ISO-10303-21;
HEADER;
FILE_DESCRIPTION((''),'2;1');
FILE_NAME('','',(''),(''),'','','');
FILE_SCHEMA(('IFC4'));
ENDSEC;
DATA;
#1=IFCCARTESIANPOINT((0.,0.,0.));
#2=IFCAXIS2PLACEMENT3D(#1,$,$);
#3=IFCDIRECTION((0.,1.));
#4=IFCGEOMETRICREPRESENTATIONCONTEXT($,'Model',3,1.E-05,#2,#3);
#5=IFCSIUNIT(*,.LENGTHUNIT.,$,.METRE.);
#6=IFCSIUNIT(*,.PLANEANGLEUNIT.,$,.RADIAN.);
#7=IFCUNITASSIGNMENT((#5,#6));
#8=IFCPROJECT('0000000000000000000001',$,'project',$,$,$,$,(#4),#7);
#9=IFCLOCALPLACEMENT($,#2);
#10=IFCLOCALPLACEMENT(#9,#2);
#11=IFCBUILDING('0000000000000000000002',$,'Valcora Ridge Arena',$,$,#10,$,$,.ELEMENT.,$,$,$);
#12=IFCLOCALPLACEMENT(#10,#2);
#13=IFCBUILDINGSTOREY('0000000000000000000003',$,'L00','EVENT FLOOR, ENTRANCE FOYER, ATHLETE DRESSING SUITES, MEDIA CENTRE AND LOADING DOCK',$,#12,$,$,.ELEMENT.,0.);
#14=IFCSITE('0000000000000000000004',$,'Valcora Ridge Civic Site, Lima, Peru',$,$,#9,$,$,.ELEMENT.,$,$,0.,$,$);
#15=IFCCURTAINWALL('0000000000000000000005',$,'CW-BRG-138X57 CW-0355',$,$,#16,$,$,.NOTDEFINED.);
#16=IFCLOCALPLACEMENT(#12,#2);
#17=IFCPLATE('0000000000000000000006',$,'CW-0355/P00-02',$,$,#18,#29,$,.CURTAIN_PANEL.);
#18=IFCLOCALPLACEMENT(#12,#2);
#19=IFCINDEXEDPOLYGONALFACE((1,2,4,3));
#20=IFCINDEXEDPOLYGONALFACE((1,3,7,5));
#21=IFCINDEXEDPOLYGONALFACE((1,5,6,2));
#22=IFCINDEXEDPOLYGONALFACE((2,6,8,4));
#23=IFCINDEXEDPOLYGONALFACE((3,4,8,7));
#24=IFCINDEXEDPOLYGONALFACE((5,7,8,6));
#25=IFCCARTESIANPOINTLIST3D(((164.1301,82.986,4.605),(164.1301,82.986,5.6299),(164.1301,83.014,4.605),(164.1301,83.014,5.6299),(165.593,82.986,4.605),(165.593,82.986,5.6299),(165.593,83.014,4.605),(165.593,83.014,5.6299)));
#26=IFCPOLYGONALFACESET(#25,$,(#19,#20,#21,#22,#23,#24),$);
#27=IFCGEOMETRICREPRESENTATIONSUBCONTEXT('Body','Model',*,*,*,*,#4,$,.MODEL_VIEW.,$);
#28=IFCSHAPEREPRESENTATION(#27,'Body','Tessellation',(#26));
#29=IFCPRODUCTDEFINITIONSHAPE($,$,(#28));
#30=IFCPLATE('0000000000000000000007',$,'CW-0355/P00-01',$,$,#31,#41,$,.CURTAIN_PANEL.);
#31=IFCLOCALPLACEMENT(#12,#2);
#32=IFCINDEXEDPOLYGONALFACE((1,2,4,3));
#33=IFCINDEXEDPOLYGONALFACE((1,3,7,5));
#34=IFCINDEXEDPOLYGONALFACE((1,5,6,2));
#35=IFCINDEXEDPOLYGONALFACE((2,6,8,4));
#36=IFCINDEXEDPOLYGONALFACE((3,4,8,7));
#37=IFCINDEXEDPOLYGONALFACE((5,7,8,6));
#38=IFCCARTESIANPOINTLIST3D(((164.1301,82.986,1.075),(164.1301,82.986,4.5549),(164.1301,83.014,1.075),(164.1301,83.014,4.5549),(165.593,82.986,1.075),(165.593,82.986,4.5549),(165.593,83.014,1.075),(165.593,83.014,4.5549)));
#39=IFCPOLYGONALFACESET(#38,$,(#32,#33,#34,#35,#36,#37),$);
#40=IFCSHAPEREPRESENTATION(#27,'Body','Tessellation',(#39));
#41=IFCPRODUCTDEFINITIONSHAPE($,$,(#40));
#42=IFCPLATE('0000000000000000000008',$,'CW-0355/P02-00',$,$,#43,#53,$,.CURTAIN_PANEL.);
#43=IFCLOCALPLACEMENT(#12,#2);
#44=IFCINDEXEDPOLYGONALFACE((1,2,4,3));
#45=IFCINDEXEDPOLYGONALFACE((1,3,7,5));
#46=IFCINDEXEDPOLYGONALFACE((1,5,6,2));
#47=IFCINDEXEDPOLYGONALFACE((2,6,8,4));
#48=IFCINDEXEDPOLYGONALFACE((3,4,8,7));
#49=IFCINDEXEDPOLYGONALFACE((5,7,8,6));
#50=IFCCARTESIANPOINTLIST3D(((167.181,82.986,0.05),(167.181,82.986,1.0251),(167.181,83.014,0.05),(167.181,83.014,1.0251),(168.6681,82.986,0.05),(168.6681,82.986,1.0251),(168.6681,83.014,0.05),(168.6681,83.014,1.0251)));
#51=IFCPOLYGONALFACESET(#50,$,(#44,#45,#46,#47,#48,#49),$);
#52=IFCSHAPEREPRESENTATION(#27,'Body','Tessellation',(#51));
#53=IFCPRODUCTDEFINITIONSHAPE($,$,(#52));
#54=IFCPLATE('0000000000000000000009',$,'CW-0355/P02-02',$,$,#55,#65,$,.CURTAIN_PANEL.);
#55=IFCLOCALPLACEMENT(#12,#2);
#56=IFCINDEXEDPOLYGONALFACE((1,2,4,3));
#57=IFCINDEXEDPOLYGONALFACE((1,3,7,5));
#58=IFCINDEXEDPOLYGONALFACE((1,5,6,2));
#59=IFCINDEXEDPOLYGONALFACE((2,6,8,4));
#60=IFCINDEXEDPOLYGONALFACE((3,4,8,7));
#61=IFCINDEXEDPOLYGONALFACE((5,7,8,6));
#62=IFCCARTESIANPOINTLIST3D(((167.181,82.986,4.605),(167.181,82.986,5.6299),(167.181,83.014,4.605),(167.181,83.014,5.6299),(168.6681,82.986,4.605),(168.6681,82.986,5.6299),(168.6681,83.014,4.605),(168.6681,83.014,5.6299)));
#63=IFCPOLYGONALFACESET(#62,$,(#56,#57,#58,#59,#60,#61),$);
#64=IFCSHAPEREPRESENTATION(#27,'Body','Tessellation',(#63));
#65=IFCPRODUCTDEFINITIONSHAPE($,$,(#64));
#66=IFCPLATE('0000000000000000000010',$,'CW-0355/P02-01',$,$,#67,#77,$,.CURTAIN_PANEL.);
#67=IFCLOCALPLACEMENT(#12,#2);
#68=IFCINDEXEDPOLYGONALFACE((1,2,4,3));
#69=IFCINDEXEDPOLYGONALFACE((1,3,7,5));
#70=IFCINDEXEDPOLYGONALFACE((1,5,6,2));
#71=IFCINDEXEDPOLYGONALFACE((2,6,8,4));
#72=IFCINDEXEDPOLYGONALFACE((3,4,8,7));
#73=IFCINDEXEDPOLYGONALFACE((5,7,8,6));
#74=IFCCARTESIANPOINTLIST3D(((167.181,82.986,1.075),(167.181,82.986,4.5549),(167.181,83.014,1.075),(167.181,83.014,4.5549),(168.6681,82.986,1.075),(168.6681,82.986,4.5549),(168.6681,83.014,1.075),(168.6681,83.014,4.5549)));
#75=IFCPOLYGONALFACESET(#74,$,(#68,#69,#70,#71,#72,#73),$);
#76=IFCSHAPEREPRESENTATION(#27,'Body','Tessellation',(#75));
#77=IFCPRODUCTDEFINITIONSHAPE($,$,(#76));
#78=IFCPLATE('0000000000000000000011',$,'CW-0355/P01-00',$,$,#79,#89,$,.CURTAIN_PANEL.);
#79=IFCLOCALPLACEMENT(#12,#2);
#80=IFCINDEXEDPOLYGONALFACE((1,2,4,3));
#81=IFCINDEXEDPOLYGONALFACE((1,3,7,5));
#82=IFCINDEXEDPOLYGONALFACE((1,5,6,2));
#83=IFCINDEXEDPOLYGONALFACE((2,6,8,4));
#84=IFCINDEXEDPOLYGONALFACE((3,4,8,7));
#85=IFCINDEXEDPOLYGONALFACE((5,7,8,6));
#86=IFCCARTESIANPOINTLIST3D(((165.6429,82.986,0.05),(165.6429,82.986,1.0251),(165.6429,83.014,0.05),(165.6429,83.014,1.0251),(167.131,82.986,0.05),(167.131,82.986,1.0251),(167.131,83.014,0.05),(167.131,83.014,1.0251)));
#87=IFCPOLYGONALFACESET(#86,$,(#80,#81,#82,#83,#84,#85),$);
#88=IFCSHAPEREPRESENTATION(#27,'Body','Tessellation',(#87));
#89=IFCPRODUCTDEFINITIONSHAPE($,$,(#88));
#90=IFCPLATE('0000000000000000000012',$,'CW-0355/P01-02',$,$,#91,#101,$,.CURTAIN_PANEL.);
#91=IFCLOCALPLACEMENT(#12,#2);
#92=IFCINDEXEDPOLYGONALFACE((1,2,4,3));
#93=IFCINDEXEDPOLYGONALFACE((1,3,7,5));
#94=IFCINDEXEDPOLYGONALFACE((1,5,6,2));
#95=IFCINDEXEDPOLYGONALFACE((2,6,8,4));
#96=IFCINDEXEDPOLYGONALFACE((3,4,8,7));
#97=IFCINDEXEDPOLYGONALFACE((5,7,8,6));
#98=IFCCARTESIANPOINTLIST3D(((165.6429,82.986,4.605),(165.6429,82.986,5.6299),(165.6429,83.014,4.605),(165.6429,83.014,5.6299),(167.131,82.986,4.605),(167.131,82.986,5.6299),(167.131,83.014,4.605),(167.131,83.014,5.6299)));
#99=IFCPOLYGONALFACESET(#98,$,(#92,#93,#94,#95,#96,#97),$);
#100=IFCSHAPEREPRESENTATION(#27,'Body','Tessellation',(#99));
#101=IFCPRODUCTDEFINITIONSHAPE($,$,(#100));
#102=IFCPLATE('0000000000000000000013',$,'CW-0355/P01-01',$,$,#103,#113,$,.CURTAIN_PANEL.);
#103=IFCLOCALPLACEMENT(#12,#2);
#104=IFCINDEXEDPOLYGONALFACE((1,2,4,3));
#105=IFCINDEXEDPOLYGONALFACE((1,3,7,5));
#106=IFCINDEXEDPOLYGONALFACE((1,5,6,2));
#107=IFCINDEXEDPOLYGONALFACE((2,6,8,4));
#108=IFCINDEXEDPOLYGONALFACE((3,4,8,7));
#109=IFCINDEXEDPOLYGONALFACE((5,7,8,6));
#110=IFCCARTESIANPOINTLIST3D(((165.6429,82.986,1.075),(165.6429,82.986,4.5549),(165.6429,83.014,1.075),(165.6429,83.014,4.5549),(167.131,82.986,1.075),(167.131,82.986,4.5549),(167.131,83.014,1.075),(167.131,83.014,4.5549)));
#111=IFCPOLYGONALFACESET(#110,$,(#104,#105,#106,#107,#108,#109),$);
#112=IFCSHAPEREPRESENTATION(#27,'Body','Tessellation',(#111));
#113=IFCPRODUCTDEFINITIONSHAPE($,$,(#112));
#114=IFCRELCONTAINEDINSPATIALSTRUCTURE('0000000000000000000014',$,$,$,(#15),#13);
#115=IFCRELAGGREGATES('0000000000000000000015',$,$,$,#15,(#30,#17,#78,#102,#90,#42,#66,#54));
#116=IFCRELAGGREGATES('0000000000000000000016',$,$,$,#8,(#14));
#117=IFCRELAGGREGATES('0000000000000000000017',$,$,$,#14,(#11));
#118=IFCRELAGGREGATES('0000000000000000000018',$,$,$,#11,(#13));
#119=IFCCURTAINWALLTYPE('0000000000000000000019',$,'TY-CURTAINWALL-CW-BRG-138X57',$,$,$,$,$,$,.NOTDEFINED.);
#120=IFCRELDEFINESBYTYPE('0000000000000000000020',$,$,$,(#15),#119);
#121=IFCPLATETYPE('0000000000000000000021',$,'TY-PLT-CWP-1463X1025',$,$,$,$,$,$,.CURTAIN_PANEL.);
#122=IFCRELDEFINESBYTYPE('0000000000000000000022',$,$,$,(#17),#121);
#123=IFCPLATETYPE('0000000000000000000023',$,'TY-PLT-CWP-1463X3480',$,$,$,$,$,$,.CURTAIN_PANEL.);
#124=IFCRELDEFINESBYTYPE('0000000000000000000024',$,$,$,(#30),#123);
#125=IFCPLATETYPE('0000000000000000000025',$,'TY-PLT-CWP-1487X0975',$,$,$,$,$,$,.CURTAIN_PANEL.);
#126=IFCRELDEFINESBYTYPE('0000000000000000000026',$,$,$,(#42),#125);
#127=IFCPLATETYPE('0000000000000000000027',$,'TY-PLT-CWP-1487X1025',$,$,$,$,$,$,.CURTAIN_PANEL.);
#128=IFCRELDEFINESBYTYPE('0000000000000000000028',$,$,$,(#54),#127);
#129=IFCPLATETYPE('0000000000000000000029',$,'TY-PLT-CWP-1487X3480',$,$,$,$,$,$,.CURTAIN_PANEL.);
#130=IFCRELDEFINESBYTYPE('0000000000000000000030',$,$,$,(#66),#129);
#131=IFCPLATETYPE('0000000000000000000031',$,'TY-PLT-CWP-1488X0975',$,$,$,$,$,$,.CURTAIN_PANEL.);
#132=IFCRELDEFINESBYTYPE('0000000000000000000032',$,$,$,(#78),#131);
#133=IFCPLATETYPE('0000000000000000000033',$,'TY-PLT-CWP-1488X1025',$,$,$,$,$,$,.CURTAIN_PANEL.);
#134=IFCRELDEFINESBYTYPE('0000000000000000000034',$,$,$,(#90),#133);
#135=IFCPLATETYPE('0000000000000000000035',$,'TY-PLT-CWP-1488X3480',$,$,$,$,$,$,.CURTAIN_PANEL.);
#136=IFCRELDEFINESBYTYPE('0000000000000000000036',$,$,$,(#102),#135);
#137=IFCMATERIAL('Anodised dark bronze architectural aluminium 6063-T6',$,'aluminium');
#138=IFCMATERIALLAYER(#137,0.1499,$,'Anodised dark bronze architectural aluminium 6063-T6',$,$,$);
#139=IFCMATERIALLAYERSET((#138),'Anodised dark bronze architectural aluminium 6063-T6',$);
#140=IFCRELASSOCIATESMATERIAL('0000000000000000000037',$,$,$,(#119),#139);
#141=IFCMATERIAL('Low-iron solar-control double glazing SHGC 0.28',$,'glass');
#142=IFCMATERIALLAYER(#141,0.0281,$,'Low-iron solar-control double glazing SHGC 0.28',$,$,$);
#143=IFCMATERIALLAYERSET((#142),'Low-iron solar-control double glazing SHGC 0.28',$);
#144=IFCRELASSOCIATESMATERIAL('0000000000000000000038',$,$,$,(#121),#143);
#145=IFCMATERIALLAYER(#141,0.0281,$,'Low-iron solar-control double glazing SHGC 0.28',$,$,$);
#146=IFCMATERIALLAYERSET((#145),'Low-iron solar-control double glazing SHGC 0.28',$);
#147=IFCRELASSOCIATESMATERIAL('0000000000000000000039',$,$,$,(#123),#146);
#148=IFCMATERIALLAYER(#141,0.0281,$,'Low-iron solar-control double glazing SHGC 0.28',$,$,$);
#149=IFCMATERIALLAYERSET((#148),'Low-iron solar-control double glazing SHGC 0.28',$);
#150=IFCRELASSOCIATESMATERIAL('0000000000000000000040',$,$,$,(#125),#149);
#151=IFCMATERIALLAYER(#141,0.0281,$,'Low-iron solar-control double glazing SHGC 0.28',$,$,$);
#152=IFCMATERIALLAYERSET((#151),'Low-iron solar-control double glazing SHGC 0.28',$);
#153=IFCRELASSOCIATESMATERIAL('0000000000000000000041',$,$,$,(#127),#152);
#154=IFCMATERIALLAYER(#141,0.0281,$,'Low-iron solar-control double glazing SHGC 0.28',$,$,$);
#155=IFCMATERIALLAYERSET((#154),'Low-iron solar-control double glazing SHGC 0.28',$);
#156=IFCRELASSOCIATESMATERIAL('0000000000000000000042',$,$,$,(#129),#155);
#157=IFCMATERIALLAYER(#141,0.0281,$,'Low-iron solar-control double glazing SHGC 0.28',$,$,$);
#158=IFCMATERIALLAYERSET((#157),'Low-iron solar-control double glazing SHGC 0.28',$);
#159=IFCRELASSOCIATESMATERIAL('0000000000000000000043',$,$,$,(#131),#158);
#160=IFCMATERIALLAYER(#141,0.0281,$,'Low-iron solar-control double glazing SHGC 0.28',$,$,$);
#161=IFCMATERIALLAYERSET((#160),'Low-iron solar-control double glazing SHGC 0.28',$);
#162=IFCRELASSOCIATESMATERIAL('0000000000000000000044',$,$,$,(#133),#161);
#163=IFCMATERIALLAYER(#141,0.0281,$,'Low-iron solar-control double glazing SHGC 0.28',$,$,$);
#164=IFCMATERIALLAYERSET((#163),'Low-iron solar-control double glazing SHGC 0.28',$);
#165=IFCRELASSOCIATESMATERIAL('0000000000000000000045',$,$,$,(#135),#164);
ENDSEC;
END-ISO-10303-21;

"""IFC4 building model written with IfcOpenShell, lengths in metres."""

from ifc_helpers import new_model, si_unit, direction, frame, origin, origin_2d, place, context, subcontext, project, spatial, rectangle, extrude, material, layer, layer_set, type_object, element, aggregate, save


model = new_model("IFC4")

# Units and contexts
model_context = context("Model", 3, precision=1e-05, world=origin(), true_north=direction((0.0, 1.0)))
body_context = subcontext(model_context, "Body", "Model", "MODEL_VIEW")
ifc_project = project(units=[si_unit("LENGTHUNIT", "METRE"), si_unit("PLANEANGLEUNIT", "RADIAN")], contexts=[model_context])

# Site, building, storey
site_placement = place(None, origin())
site = spatial("IfcSite", under=ifc_project, at=site_placement, Name="Valcora Ridge Civic Site, Lima, Peru", CompositionType="ELEMENT", RefElevation=0.0)
building_placement = place(site_placement, origin())
building = spatial("IfcBuilding", under=site, at=building_placement, Name="Valcora Ridge Arena", CompositionType="ELEMENT")
storey_placement = place(building_placement, origin())
storey = spatial("IfcBuildingStorey", under=building, at=storey_placement, Name="L00", Description="EVENT FLOOR, ENTRANCE FOYER, ATHLETE DRESSING SUITES, MEDIA CENTRE AND LOADING DOCK", CompositionType="ELEMENT", Elevation=0.0)

# Curtain wall, plates
ifc_material_1 = material(Name="Anodised dark bronze architectural aluminium 6063-T6", Category="aluminium")
ifc_layer_1 = layer(ifc_material_1, 0.1499, Name="Anodised dark bronze architectural aluminium 6063-T6")
ifc_layer_set_1 = layer_set([ifc_layer_1], Name="Anodised dark bronze architectural aluminium 6063-T6")
curtain_wall_type = type_object("IfcCurtainWallType", Name="TY-CURTAINWALL-CW-BRG-138X57", PredefinedType="NOTDEFINED", material=ifc_layer_set_1)
curtain_wall_placement = place(storey_placement, origin())
curtain_wall = element("IfcCurtainWall", 1, at=curtain_wall_placement, inside=storey, type_object=curtain_wall_type, Name="CW-BRG-138X57 CW-0355", PredefinedType="NOTDEFINED")
ifc_material_2 = material(Name="Low-iron solar-control double glazing SHGC 0.28", Category="glass")
ifc_layer_2 = layer(ifc_material_2, 0.0281, Name="Low-iron solar-control double glazing SHGC 0.28")
ifc_layer_set_2 = layer_set([ifc_layer_2], Name="Low-iron solar-control double glazing SHGC 0.28")
plate_type_1 = type_object("IfcPlateType", Name="TY-PLT-CWP-1463X1025", PredefinedType="CURTAIN_PANEL", material=ifc_layer_set_2)
plate_1_placement = place(storey_placement, frame((164.8616, 83.0, 4.605), z_axis=(0.0, 0.0, 1.0), x_axis=(1.0, 0.0, 0.0)))
plate_1 = element("IfcPlate", 2, at=plate_1_placement, type_object=plate_type_1, Name="CW-0355/P00-02", PredefinedType="CURTAIN_PANEL", context=body_context, shape_type="SweptSolid", body=[
    extrude(rectangle(XDim=1.4629, YDim=0.0281, at=origin_2d()), origin(), (0.0, 0.0, 1.0), 1.0249),
])
ifc_layer_3 = layer(ifc_material_2, 0.0281, Name="Low-iron solar-control double glazing SHGC 0.28")
ifc_layer_set_3 = layer_set([ifc_layer_3], Name="Low-iron solar-control double glazing SHGC 0.28")
plate_type_2 = type_object("IfcPlateType", Name="TY-PLT-CWP-1463X3480", PredefinedType="CURTAIN_PANEL", material=ifc_layer_set_3)
plate_2_placement = place(storey_placement, frame((164.8616, 83.0, 1.075), z_axis=(0.0, 0.0, 1.0), x_axis=(1.0, 0.0, 0.0)))
plate_2 = element("IfcPlate", 3, at=plate_2_placement, type_object=plate_type_2, Name="CW-0355/P00-01", PredefinedType="CURTAIN_PANEL", context=body_context, shape_type="SweptSolid", body=[
    extrude(rectangle(XDim=1.4629, YDim=0.0281, at=origin_2d()), origin(), (0.0, 0.0, 1.0), 3.48),
])
ifc_layer_4 = layer(ifc_material_2, 0.0281, Name="Low-iron solar-control double glazing SHGC 0.28")
ifc_layer_set_4 = layer_set([ifc_layer_4], Name="Low-iron solar-control double glazing SHGC 0.28")
plate_type_3 = type_object("IfcPlateType", Name="TY-PLT-CWP-1487X0975", PredefinedType="CURTAIN_PANEL", material=ifc_layer_set_4)
plate_3_placement = place(storey_placement, frame((167.9246, 83.0, 0.05), z_axis=(0.0, 0.0, 1.0), x_axis=(1.0, 0.0, 0.0)))
plate_3 = element("IfcPlate", 4, at=plate_3_placement, type_object=plate_type_3, Name="CW-0355/P02-00", PredefinedType="CURTAIN_PANEL", context=body_context, shape_type="SweptSolid", body=[
    extrude(rectangle(XDim=1.4871, YDim=0.0281, at=origin_2d()), origin(), (0.0, 0.0, 1.0), 0.9751),
])
ifc_layer_5 = layer(ifc_material_2, 0.0281, Name="Low-iron solar-control double glazing SHGC 0.28")
ifc_layer_set_5 = layer_set([ifc_layer_5], Name="Low-iron solar-control double glazing SHGC 0.28")
plate_type_4 = type_object("IfcPlateType", Name="TY-PLT-CWP-1487X1025", PredefinedType="CURTAIN_PANEL", material=ifc_layer_set_5)
plate_4_placement = place(storey_placement, frame((167.9246, 83.0, 4.605), z_axis=(0.0, 0.0, 1.0), x_axis=(1.0, 0.0, 0.0)))
plate_4 = element("IfcPlate", 5, at=plate_4_placement, type_object=plate_type_4, Name="CW-0355/P02-02", PredefinedType="CURTAIN_PANEL", context=body_context, shape_type="SweptSolid", body=[
    extrude(rectangle(XDim=1.4871, YDim=0.0281, at=origin_2d()), origin(), (0.0, 0.0, 1.0), 1.0249),
])
ifc_layer_6 = layer(ifc_material_2, 0.0281, Name="Low-iron solar-control double glazing SHGC 0.28")
ifc_layer_set_6 = layer_set([ifc_layer_6], Name="Low-iron solar-control double glazing SHGC 0.28")
plate_type_5 = type_object("IfcPlateType", Name="TY-PLT-CWP-1487X3480", PredefinedType="CURTAIN_PANEL", material=ifc_layer_set_6)
plate_5_placement = place(storey_placement, frame((167.9246, 83.0, 1.075), z_axis=(0.0, 0.0, 1.0), x_axis=(1.0, 0.0, 0.0)))
plate_5 = element("IfcPlate", 6, at=plate_5_placement, type_object=plate_type_5, Name="CW-0355/P02-01", PredefinedType="CURTAIN_PANEL", context=body_context, shape_type="SweptSolid", body=[
    extrude(rectangle(XDim=1.4871, YDim=0.0281, at=origin_2d()), origin(), (0.0, 0.0, 1.0), 3.48),
])
ifc_layer_7 = layer(ifc_material_2, 0.0281, Name="Low-iron solar-control double glazing SHGC 0.28")
ifc_layer_set_7 = layer_set([ifc_layer_7], Name="Low-iron solar-control double glazing SHGC 0.28")
plate_type_6 = type_object("IfcPlateType", Name="TY-PLT-CWP-1488X0975", PredefinedType="CURTAIN_PANEL", material=ifc_layer_set_7)
plate_6_placement = place(storey_placement, frame((166.387, 83.0, 0.05), z_axis=(0.0, 0.0, 1.0), x_axis=(1.0, 0.0, 0.0)))
plate_6 = element("IfcPlate", 7, at=plate_6_placement, type_object=plate_type_6, Name="CW-0355/P01-00", PredefinedType="CURTAIN_PANEL", context=body_context, shape_type="SweptSolid", body=[
    extrude(rectangle(XDim=1.488, YDim=0.0281, at=origin_2d()), origin(), (0.0, 0.0, 1.0), 0.9751),
])
ifc_layer_8 = layer(ifc_material_2, 0.0281, Name="Low-iron solar-control double glazing SHGC 0.28")
ifc_layer_set_8 = layer_set([ifc_layer_8], Name="Low-iron solar-control double glazing SHGC 0.28")
plate_type_7 = type_object("IfcPlateType", Name="TY-PLT-CWP-1488X1025", PredefinedType="CURTAIN_PANEL", material=ifc_layer_set_8)
plate_7_placement = place(storey_placement, frame((166.387, 83.0, 4.605), z_axis=(0.0, 0.0, 1.0), x_axis=(1.0, 0.0, 0.0)))
plate_7 = element("IfcPlate", 8, at=plate_7_placement, type_object=plate_type_7, Name="CW-0355/P01-02", PredefinedType="CURTAIN_PANEL", context=body_context, shape_type="SweptSolid", body=[
    extrude(rectangle(XDim=1.488, YDim=0.0281, at=origin_2d()), origin(), (0.0, 0.0, 1.0), 1.0249),
])
ifc_layer_9 = layer(ifc_material_2, 0.0281, Name="Low-iron solar-control double glazing SHGC 0.28")
ifc_layer_set_9 = layer_set([ifc_layer_9], Name="Low-iron solar-control double glazing SHGC 0.28")
plate_type_8 = type_object("IfcPlateType", Name="TY-PLT-CWP-1488X3480", PredefinedType="CURTAIN_PANEL", material=ifc_layer_set_9)
plate_8_placement = place(storey_placement, frame((166.387, 83.0, 1.075), z_axis=(0.0, 0.0, 1.0), x_axis=(1.0, 0.0, 0.0)))
plate_8 = element("IfcPlate", 9, at=plate_8_placement, type_object=plate_type_8, Name="CW-0355/P01-01", PredefinedType="CURTAIN_PANEL", context=body_context, shape_type="SweptSolid", body=[
    extrude(rectangle(XDim=1.488, YDim=0.0281, at=origin_2d()), origin(), (0.0, 0.0, 1.0), 3.48),
])
aggregate(curtain_wall, [plate_2, plate_1, plate_6, plate_8, plate_7, plate_3, plate_5, plate_4])

save(model, "model.ifc")
